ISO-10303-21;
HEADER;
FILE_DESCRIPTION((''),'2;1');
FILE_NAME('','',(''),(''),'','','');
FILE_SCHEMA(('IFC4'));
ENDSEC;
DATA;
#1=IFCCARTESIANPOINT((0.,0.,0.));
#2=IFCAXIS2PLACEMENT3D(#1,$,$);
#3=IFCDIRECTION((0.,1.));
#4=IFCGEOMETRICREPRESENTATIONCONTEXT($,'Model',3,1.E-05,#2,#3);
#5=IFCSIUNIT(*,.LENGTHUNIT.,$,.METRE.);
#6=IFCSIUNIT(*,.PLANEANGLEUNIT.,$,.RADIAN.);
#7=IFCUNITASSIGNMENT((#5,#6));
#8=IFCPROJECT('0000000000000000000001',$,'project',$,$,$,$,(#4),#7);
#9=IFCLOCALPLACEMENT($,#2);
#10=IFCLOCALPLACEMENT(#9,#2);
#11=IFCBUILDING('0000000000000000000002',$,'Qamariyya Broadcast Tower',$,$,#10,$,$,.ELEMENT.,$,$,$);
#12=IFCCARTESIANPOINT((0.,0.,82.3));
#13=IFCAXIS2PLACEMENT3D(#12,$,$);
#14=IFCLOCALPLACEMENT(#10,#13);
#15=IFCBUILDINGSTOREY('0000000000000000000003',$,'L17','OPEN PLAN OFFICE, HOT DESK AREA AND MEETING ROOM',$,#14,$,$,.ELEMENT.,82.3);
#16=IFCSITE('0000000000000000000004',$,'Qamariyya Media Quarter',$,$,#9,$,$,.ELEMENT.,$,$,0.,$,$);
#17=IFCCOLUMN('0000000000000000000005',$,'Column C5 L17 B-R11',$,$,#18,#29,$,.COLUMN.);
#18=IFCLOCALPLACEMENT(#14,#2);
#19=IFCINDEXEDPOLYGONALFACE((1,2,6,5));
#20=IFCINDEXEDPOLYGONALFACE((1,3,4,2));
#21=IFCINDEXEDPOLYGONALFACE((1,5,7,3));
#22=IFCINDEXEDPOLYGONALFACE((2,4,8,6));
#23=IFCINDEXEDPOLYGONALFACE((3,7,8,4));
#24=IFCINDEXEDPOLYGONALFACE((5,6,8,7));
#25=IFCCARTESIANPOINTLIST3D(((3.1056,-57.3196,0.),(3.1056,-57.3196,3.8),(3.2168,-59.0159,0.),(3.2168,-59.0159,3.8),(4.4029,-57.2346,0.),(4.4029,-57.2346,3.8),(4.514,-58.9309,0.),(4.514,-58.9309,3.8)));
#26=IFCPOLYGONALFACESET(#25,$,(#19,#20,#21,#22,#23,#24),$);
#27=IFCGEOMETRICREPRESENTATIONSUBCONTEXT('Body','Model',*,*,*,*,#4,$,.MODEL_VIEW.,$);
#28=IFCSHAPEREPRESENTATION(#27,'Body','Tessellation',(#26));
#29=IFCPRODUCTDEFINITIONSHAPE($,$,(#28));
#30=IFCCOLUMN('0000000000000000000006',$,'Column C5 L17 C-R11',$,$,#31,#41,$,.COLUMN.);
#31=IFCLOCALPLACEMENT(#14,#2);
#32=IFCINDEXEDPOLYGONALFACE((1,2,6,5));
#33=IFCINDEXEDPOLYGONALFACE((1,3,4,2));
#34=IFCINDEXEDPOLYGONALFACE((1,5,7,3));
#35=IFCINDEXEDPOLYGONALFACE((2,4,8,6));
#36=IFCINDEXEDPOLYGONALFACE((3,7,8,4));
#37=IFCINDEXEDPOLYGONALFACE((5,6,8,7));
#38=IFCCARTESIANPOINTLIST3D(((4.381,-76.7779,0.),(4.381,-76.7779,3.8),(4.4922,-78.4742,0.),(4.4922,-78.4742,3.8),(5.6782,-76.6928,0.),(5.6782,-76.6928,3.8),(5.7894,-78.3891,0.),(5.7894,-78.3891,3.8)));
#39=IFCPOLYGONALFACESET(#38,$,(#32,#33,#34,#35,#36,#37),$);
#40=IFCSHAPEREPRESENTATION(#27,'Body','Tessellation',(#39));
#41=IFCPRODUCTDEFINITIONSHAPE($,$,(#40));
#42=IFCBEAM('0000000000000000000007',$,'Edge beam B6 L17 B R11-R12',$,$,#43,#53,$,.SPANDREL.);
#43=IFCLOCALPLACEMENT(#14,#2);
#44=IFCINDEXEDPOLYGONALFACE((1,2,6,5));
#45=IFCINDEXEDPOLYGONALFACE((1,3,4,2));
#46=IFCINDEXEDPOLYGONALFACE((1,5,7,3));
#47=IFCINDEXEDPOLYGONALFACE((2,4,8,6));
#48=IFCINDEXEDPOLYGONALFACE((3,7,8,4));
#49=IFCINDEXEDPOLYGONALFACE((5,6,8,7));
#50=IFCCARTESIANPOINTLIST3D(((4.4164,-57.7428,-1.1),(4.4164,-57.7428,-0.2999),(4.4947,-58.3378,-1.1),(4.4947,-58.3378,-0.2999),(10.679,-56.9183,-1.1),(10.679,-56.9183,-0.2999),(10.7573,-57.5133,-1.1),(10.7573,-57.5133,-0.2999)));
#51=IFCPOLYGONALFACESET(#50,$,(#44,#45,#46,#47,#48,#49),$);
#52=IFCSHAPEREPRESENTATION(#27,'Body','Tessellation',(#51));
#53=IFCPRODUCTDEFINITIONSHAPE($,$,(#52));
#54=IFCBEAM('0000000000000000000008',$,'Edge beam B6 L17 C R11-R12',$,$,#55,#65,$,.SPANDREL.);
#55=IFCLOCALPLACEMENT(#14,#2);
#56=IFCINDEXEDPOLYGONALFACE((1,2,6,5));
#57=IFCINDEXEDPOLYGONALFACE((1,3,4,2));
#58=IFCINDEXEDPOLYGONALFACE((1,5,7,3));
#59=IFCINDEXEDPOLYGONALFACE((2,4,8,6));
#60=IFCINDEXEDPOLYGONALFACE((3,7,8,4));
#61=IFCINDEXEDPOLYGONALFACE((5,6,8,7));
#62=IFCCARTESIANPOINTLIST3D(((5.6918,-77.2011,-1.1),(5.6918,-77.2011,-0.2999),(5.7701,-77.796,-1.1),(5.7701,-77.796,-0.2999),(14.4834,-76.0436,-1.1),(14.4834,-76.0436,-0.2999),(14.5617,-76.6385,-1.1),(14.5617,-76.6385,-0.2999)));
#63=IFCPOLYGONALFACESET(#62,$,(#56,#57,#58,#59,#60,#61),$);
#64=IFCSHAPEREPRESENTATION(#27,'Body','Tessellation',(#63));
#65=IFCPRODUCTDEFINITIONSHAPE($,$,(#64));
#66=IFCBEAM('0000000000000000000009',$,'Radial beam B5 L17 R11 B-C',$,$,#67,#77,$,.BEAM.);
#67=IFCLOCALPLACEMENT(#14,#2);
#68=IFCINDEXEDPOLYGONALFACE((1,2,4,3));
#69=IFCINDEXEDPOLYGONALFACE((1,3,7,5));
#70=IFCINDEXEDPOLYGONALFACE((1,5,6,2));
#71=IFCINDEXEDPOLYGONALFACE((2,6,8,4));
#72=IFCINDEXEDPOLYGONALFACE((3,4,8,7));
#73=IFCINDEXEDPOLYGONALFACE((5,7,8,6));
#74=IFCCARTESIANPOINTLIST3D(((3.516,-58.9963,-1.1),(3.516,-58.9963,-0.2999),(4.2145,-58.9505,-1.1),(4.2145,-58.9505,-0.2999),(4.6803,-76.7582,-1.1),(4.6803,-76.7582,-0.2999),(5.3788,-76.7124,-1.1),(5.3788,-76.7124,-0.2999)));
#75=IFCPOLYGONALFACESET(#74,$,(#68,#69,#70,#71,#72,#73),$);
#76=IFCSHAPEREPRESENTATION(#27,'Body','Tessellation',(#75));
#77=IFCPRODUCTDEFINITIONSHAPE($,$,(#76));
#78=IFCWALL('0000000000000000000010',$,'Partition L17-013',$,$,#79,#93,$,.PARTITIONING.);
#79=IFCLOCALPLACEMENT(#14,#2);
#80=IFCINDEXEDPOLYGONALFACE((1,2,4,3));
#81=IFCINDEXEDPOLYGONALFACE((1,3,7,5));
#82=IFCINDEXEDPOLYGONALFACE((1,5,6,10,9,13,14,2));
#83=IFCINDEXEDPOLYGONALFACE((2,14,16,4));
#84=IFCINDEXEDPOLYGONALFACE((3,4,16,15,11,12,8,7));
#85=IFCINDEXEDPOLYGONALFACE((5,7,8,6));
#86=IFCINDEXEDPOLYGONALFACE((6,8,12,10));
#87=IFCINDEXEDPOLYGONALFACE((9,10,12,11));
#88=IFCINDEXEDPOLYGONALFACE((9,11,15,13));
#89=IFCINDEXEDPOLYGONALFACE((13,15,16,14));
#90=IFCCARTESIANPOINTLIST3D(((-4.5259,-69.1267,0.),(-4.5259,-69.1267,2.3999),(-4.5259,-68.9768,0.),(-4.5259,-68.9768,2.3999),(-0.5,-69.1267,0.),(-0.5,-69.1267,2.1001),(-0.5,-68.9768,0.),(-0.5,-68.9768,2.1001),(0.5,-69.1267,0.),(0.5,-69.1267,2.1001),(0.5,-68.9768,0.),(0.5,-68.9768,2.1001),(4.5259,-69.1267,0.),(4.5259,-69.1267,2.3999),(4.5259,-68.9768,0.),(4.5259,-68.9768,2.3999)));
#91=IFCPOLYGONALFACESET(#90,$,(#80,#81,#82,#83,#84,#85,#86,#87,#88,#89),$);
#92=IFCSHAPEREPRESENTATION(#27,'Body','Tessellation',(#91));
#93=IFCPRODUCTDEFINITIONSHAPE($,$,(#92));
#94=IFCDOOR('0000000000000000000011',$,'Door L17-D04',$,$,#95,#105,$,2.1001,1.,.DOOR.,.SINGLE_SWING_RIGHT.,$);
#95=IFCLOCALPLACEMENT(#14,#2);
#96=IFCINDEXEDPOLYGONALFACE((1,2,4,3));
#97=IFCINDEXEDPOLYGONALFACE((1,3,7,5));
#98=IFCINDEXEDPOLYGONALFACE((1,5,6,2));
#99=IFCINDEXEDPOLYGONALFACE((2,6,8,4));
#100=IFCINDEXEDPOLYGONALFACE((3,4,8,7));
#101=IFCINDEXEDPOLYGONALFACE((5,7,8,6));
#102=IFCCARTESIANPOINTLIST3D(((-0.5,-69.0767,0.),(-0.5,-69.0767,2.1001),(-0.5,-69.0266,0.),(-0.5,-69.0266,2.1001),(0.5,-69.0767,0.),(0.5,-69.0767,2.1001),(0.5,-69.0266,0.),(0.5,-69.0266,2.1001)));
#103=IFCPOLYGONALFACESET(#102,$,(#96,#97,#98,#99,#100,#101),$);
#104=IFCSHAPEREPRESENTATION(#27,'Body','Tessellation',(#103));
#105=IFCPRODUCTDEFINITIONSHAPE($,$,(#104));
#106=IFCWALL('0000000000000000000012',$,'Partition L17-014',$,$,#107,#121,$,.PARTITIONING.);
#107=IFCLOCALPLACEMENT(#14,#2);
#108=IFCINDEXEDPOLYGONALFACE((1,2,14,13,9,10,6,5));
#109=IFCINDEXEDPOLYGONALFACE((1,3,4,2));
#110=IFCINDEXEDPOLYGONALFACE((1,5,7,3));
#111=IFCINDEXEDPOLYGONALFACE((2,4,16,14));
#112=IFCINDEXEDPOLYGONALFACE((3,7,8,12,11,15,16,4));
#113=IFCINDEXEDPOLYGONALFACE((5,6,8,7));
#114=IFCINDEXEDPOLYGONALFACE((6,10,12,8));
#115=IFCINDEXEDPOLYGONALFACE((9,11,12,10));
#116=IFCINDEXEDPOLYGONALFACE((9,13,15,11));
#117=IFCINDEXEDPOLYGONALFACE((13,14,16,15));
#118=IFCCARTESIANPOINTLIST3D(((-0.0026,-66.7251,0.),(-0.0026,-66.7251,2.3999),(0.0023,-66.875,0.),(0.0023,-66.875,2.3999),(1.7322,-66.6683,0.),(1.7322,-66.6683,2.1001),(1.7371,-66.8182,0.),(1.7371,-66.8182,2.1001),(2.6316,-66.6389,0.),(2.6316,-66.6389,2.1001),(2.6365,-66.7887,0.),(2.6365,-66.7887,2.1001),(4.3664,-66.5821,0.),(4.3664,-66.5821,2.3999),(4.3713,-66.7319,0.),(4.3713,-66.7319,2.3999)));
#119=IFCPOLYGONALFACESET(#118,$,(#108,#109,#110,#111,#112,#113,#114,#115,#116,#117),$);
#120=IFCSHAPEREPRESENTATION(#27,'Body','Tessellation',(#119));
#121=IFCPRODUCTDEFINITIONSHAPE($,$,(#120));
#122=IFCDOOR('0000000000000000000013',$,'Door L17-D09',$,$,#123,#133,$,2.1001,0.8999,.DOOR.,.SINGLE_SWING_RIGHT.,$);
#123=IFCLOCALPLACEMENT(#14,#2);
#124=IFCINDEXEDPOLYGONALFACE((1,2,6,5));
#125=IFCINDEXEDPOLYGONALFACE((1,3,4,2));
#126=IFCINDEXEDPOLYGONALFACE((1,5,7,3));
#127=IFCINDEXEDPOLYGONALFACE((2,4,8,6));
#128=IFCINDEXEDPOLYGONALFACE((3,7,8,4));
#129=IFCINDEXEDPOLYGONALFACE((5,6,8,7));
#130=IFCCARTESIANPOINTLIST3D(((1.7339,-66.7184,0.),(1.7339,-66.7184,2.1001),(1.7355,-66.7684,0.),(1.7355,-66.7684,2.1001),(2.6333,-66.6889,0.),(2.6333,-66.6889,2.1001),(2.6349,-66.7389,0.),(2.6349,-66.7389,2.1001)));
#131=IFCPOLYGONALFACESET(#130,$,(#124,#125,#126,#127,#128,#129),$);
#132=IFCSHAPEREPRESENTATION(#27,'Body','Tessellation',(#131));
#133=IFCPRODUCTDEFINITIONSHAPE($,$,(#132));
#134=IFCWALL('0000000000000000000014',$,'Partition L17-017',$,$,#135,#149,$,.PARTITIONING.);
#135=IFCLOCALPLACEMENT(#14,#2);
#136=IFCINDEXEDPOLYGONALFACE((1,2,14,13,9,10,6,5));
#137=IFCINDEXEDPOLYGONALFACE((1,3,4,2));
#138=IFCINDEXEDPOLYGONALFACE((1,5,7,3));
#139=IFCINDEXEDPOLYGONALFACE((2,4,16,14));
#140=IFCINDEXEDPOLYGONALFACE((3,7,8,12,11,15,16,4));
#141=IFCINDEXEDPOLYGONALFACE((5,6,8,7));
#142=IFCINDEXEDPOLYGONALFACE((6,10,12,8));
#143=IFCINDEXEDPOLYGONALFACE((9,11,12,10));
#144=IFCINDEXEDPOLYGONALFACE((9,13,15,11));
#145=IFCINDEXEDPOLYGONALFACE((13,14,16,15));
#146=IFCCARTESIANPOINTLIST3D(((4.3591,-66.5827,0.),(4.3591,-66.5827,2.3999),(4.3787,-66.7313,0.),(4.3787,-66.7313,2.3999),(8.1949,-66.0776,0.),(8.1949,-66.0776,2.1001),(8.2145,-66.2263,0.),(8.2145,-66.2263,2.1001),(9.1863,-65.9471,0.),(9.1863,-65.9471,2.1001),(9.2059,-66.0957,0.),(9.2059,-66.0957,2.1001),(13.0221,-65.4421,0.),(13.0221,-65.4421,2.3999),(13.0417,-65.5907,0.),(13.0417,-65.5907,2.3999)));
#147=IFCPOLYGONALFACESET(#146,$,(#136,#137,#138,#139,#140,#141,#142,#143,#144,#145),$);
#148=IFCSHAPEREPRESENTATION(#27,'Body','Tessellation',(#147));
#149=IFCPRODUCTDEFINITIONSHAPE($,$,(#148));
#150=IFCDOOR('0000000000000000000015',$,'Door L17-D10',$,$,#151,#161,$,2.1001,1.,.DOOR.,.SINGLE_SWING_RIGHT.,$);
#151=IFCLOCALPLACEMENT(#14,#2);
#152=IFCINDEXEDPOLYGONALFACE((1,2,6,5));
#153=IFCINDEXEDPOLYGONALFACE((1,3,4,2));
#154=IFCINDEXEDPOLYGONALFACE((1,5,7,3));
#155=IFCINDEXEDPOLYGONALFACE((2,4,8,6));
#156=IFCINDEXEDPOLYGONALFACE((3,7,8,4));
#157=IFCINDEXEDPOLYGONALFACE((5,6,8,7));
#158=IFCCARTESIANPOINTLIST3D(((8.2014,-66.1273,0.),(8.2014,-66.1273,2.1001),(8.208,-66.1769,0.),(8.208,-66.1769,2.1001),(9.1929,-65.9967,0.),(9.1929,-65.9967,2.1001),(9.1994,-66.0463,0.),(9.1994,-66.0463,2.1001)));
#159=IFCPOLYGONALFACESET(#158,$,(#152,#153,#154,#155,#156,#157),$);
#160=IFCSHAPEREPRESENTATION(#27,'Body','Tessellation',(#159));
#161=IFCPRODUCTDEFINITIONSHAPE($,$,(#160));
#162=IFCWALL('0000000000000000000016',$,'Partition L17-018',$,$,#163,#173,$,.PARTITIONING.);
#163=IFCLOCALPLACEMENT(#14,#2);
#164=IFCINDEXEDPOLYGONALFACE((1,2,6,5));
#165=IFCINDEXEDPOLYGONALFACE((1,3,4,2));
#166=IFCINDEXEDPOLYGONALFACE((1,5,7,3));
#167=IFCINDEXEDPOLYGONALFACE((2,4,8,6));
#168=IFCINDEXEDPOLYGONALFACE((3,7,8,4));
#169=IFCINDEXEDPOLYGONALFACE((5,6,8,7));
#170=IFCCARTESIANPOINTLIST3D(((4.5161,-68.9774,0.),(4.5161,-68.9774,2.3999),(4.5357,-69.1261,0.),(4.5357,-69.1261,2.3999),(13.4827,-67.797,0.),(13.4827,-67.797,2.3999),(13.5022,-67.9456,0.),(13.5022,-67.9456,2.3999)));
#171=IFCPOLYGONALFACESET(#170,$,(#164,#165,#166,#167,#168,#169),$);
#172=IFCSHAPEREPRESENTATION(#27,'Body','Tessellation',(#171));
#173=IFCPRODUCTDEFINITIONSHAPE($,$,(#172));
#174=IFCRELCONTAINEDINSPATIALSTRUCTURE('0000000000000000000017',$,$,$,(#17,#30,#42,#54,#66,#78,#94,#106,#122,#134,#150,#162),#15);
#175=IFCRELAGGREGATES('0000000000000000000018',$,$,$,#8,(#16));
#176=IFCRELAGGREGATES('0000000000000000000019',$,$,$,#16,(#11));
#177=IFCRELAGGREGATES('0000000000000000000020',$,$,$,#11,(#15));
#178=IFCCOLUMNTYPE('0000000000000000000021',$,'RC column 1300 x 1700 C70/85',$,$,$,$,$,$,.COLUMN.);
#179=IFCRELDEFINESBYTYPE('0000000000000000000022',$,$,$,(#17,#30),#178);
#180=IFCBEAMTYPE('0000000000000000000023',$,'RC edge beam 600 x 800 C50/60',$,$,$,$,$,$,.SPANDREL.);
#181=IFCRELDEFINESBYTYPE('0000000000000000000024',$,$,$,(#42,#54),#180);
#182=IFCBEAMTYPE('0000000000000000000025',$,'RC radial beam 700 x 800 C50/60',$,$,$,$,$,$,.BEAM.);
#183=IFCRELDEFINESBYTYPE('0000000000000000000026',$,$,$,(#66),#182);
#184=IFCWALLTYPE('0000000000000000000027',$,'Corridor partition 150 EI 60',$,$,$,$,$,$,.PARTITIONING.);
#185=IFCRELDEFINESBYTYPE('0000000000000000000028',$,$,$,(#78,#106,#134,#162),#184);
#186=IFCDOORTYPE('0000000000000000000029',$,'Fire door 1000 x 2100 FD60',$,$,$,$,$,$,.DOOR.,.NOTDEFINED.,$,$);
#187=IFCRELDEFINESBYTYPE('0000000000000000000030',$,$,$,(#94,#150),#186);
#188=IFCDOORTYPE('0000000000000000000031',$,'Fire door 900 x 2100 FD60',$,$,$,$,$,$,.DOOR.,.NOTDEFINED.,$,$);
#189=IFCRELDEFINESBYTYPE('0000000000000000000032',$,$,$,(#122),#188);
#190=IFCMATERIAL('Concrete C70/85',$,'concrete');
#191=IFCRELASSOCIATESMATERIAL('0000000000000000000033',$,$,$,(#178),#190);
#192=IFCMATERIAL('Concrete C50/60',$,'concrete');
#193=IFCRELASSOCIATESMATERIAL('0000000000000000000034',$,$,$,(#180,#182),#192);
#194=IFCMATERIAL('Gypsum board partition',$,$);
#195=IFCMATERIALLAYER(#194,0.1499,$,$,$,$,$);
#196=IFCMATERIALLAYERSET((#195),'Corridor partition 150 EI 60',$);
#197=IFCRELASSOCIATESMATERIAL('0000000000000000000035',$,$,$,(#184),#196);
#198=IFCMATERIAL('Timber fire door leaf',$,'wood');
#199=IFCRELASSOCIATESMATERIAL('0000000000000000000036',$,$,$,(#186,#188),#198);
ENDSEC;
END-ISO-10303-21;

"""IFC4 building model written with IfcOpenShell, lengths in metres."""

from ifc_helpers import new_model, si_unit, direction, frame, frame_2d, origin, origin_2d, place, context, subcontext, project, spatial, rectangle, extrude, material, layer, layer_set, material_profile, profile_set, type_object, element, fill, save


model = new_model("IFC4")

# Units and contexts
model_context = context("Model", 3, precision=1e-05, world=origin(), true_north=direction((0.0, 1.0)))
body_context = subcontext(model_context, "Body", "Model", "MODEL_VIEW")
ifc_project = project(units=[si_unit("LENGTHUNIT", "METRE"), si_unit("PLANEANGLEUNIT", "RADIAN")], contexts=[model_context])

# Site, building, storey
site_placement = place(None, origin())
site = spatial("IfcSite", under=ifc_project, at=site_placement, Name="Qamariyya Media Quarter", CompositionType="ELEMENT", RefElevation=0.0)
building_placement = place(site_placement, origin())
building = spatial("IfcBuilding", under=site, at=building_placement, Name="Qamariyya Broadcast Tower", CompositionType="ELEMENT")
storey_placement = place(building_placement, frame((0.0, 0.0, 82.3)))
storey = spatial("IfcBuildingStorey", under=building, at=storey_placement, Name="L17", Description="OPEN PLAN OFFICE, HOT DESK AREA AND MEETING ROOM", CompositionType="ELEMENT", Elevation=82.3)

# Columns
ifc_material_1 = material(Name="Concrete C70/85", Category="concrete")
ifc_material_profile_1 = material_profile(ifc_material_1, rectangle(XDim=1.3, YDim=1.7, at=origin_2d()))
ifc_profile_set_1 = profile_set([ifc_material_profile_1], Name="Concrete C70/85")
column_type = type_object("IfcColumnType", Name="RC column 1300 x 1700 C70/85", PredefinedType="COLUMN", material=ifc_profile_set_1)
for number, where, z_axis, x_axis, name in (
    (1, (3.8098, -58.1252, 0.0), (0.0, 0.0, 1.0), (0.997859, 0.065403, 0.0), "Column C5 L17 B-R11"),
    (2, (5.0852, -77.5835, 0.0), (0.0, 0.0, 1.0), (0.997859, 0.065403, 0.0), "Column C5 L17 C-R11"),
):
    element("IfcColumn", number, at=place(storey_placement, frame(where, z_axis=z_axis, x_axis=x_axis)), inside=storey, type_object=column_type, Name=name, PredefinedType="COLUMN", context=body_context, shape_type="SweptSolid", body=[
        extrude(rectangle(XDim=1.3, YDim=1.7, at=origin_2d()), origin(), (0.0, 0.0, 1.0), 3.8),
    ])

# Beams
ifc_material_2 = material(Name="Concrete C50/60", Category="concrete")
ifc_material_profile_2 = material_profile(ifc_material_2, rectangle(XDim=0.6001, YDim=0.8, at=origin_2d()))
ifc_profile_set_2 = profile_set([ifc_material_profile_2], Name="Concrete C50/60")
beam_type_1 = type_object("IfcBeamType", Name="RC edge beam 600 x 800 C50/60", PredefinedType="SPANDREL", material=ifc_profile_set_2)
beam_1_placement = place(storey_placement, frame((4.4556, -58.0403, -0.7), z_axis=(0.991446, 0.13052, 0.0), x_axis=(-0.13052, 0.991446, 0.0)))
element("IfcBeam", 3, at=beam_1_placement, inside=storey, type_object=beam_type_1, Name="Edge beam B6 L17 B R11-R12", PredefinedType="SPANDREL", context=body_context, shape_type="SweptSolid", body=[
    extrude(rectangle(XDim=0.6001, YDim=0.8, at=origin_2d()), origin(), (0.0, 0.0, 1.0), 6.3167),
])
beam_2_placement = place(storey_placement, frame((5.731, -77.4985, -0.7), z_axis=(0.991444, 0.130531, 0.0), x_axis=(-0.130531, 0.991444, 0.0)))
element("IfcBeam", 4, at=beam_2_placement, inside=storey, type_object=beam_type_1, Name="Edge beam B6 L17 C R11-R12", PredefinedType="SPANDREL", context=body_context, shape_type="SweptSolid", body=[
    extrude(rectangle(XDim=0.6001, YDim=0.8, at=origin_2d()), origin(), (0.0, 0.0, 1.0), 8.8674),
])
ifc_material_profile_3 = material_profile(ifc_material_2, rectangle(XDim=0.7, YDim=0.8, at=origin_2d()))
ifc_profile_set_3 = profile_set([ifc_material_profile_3], Name="Concrete C50/60")
beam_type_2 = type_object("IfcBeamType", Name="RC radial beam 700 x 800 C50/60", PredefinedType="BEAM", material=ifc_profile_set_3)
beam_3_placement = place(storey_placement, frame((3.8652, -58.9734, -0.7), z_axis=(0.06541, -0.997858, 0.0), x_axis=(0.997858, 0.06541, 0.0)))
element("IfcBeam", 5, at=beam_3_placement, inside=storey, type_object=beam_type_2, Name="Radial beam B5 L17 R11 B-C", PredefinedType="BEAM", context=body_context, shape_type="SweptSolid", body=[
    extrude(rectangle(XDim=0.7, YDim=0.8, at=origin_2d()), origin(), (0.0, 0.0, 1.0), 17.8),
])

# Walls, openings, doors
ifc_material_3 = material(Name="Gypsum board partition")
ifc_layer_1 = layer(ifc_material_3, 0.1499)
ifc_layer_set_1 = layer_set([ifc_layer_1], Name="Corridor partition 150 EI 60")
wall_type_1 = type_object("IfcWallType", Name="Corridor partition 150 EI 60", PredefinedType="PARTITIONING", material=ifc_layer_set_1)
wall_1_placement = place(storey_placement, frame((4.5259, -69.0518, 0.0), z_axis=(0.0, 0.0, 1.0), x_axis=(-1.0, 0.0, 0.0)))
wall_1 = element("IfcWall", 6, at=wall_1_placement, inside=storey, type_object=wall_type_1, Name="Partition L17-013", PredefinedType="PARTITIONING", context=body_context, shape_type="SweptSolid", body=[
    extrude(rectangle(XDim=9.0518, YDim=0.1499, at=frame_2d((4.5259, 0.0))), origin(), (0.0, 0.0, 1.0), 2.3999),
])
opening_1_placement = place(wall_1_placement, frame((4.0259, 0.0, 0.0)))
opening_1 = element("IfcOpeningElement", 7, at=opening_1_placement, cuts=wall_1, PredefinedType="OPENING", context=body_context, shape_type="SweptSolid", body=[
    extrude(rectangle(XDim=1.0, YDim=2.1001, at=frame_2d((0.5, 1.05))), frame((0.0, 0.085, 0.0), z_axis=(0.0, -1.0, 0.0), x_axis=(1.0, 0.0, 0.0)), (0.0, 0.0, 1.0), 0.1699),
])
ifc_material_4 = material(Name="Timber fire door leaf", Category="wood")
door_type_1 = type_object("IfcDoorType", Name="Fire door 1000 x 2100 FD60", OperationType="NOTDEFINED", PredefinedType="DOOR", material=ifc_material_4)
door_1_placement = place(opening_1_placement, origin())
door_1 = element("IfcDoor", 8, at=door_1_placement, inside=storey, type_object=door_type_1, Name="Door L17-D04", OperationType="SINGLE_SWING_RIGHT", OverallHeight=2.1001, OverallWidth=1.0, PredefinedType="DOOR", context=body_context, shape_type="SweptSolid", body=[
    extrude(rectangle(XDim=1.0, YDim=2.1001, at=frame_2d((0.5, 1.05))), frame((0.0, 0.0249, 0.0), z_axis=(0.0, -1.0, 0.0), x_axis=(1.0, 0.0, 0.0)), (0.0, 0.0, 1.0), 0.05),
])
fill(opening_1, door_1)
wall_2_placement = place(storey_placement, frame((0.0, -66.8, 0.0), z_axis=(0.0, 0.0, 1.0), x_axis=(0.999464, 0.032729, 0.0)))
wall_2 = element("IfcWall", 9, at=wall_2_placement, inside=storey, type_object=wall_type_1, Name="Partition L17-014", PredefinedType="PARTITIONING", context=body_context, shape_type="SweptSolid", body=[
    extrude(rectangle(XDim=4.3713, YDim=0.1499, at=frame_2d((2.1855, 0.0))), origin(), (0.0, 0.0, 1.0), 2.3999),
])
opening_2_placement = place(wall_2_placement, frame((1.7356, 0.0, 0.0)))
opening_2 = element("IfcOpeningElement", 10, at=opening_2_placement, cuts=wall_2, PredefinedType="OPENING", context=body_context, shape_type="SweptSolid", body=[
    extrude(rectangle(XDim=0.8999, YDim=2.1001, at=frame_2d((0.45, 1.05))), frame((0.0, 0.085, 0.0), z_axis=(0.0, -1.0, 0.0), x_axis=(1.0, 0.0, 0.0)), (0.0, 0.0, 1.0), 0.1699),
])
door_type_2 = type_object("IfcDoorType", Name="Fire door 900 x 2100 FD60", OperationType="NOTDEFINED", PredefinedType="DOOR", material=ifc_material_4)
door_2_placement = place(opening_2_placement, origin())
door_2 = element("IfcDoor", 11, at=door_2_placement, inside=storey, type_object=door_type_2, Name="Door L17-D09", OperationType="SINGLE_SWING_RIGHT", OverallHeight=2.1001, OverallWidth=0.8999, PredefinedType="DOOR", context=body_context, shape_type="SweptSolid", body=[
    extrude(rectangle(XDim=0.8999, YDim=2.1001, at=frame_2d((0.45, 1.05))), frame((0.0, 0.0249, 0.0), z_axis=(0.0, -1.0, 0.0), x_axis=(1.0, 0.0, 0.0)), (0.0, 0.0, 1.0), 0.05),
])
fill(opening_2, door_2)
wall_3_placement = place(storey_placement, frame((4.3689, -66.657, 0.0), z_axis=(0.0, 0.0, 1.0), x_axis=(0.991443, 0.130538, 0.0)))
wall_3 = element("IfcWall", 12, at=wall_3_placement, inside=storey, type_object=wall_type_1, Name="Partition L17-017", PredefinedType="PARTITIONING", context=body_context, shape_type="SweptSolid", body=[
    extrude(rectangle(XDim=8.7378, YDim=0.1499, at=frame_2d((4.3689, 0.0))), origin(), (0.0, 0.0, 1.0), 2.3999),
])
opening_3_placement = place(wall_3_placement, frame((3.8689, 0.0, 0.0)))
opening_3 = element("IfcOpeningElement", 13, at=opening_3_placement, cuts=wall_3, PredefinedType="OPENING", context=body_context, shape_type="SweptSolid", body=[
    extrude(rectangle(XDim=1.0, YDim=2.1001, at=frame_2d((0.5, 1.05))), frame((0.0, 0.085, 0.0), z_axis=(0.0, -1.0, 0.0), x_axis=(1.0, 0.0, 0.0)), (0.0, 0.0, 1.0), 0.1699),
])
door_3_placement = place(opening_3_placement, origin())
door_3 = element("IfcDoor", 14, at=door_3_placement, inside=storey, type_object=door_type_1, Name="Door L17-D10", OperationType="SINGLE_SWING_RIGHT", OverallHeight=2.1001, OverallWidth=1.0, PredefinedType="DOOR", context=body_context, shape_type="SweptSolid", body=[
    extrude(rectangle(XDim=1.0, YDim=2.1001, at=frame_2d((0.5, 1.05))), frame((0.0, 0.0249, 0.0), z_axis=(0.0, -1.0, 0.0), x_axis=(1.0, 0.0, 0.0)), (0.0, 0.0, 1.0), 0.05),
])
fill(opening_3, door_3)

# Wall
wall_4_placement = place(storey_placement, frame((4.5259, -69.0518, 0.0), z_axis=(0.0, 0.0, 1.0), x_axis=(0.991446, 0.130521, 0.0)))
element("IfcWall", 15, at=wall_4_placement, inside=storey, type_object=wall_type_1, Name="Partition L17-018", PredefinedType="PARTITIONING", context=body_context, shape_type="SweptSolid", body=[
    extrude(rectangle(XDim=9.0439, YDim=0.1499, at=frame_2d((4.522, 0.0))), origin(), (0.0, 0.0, 1.0), 2.3999),
])

save(model, "model.ifc")
